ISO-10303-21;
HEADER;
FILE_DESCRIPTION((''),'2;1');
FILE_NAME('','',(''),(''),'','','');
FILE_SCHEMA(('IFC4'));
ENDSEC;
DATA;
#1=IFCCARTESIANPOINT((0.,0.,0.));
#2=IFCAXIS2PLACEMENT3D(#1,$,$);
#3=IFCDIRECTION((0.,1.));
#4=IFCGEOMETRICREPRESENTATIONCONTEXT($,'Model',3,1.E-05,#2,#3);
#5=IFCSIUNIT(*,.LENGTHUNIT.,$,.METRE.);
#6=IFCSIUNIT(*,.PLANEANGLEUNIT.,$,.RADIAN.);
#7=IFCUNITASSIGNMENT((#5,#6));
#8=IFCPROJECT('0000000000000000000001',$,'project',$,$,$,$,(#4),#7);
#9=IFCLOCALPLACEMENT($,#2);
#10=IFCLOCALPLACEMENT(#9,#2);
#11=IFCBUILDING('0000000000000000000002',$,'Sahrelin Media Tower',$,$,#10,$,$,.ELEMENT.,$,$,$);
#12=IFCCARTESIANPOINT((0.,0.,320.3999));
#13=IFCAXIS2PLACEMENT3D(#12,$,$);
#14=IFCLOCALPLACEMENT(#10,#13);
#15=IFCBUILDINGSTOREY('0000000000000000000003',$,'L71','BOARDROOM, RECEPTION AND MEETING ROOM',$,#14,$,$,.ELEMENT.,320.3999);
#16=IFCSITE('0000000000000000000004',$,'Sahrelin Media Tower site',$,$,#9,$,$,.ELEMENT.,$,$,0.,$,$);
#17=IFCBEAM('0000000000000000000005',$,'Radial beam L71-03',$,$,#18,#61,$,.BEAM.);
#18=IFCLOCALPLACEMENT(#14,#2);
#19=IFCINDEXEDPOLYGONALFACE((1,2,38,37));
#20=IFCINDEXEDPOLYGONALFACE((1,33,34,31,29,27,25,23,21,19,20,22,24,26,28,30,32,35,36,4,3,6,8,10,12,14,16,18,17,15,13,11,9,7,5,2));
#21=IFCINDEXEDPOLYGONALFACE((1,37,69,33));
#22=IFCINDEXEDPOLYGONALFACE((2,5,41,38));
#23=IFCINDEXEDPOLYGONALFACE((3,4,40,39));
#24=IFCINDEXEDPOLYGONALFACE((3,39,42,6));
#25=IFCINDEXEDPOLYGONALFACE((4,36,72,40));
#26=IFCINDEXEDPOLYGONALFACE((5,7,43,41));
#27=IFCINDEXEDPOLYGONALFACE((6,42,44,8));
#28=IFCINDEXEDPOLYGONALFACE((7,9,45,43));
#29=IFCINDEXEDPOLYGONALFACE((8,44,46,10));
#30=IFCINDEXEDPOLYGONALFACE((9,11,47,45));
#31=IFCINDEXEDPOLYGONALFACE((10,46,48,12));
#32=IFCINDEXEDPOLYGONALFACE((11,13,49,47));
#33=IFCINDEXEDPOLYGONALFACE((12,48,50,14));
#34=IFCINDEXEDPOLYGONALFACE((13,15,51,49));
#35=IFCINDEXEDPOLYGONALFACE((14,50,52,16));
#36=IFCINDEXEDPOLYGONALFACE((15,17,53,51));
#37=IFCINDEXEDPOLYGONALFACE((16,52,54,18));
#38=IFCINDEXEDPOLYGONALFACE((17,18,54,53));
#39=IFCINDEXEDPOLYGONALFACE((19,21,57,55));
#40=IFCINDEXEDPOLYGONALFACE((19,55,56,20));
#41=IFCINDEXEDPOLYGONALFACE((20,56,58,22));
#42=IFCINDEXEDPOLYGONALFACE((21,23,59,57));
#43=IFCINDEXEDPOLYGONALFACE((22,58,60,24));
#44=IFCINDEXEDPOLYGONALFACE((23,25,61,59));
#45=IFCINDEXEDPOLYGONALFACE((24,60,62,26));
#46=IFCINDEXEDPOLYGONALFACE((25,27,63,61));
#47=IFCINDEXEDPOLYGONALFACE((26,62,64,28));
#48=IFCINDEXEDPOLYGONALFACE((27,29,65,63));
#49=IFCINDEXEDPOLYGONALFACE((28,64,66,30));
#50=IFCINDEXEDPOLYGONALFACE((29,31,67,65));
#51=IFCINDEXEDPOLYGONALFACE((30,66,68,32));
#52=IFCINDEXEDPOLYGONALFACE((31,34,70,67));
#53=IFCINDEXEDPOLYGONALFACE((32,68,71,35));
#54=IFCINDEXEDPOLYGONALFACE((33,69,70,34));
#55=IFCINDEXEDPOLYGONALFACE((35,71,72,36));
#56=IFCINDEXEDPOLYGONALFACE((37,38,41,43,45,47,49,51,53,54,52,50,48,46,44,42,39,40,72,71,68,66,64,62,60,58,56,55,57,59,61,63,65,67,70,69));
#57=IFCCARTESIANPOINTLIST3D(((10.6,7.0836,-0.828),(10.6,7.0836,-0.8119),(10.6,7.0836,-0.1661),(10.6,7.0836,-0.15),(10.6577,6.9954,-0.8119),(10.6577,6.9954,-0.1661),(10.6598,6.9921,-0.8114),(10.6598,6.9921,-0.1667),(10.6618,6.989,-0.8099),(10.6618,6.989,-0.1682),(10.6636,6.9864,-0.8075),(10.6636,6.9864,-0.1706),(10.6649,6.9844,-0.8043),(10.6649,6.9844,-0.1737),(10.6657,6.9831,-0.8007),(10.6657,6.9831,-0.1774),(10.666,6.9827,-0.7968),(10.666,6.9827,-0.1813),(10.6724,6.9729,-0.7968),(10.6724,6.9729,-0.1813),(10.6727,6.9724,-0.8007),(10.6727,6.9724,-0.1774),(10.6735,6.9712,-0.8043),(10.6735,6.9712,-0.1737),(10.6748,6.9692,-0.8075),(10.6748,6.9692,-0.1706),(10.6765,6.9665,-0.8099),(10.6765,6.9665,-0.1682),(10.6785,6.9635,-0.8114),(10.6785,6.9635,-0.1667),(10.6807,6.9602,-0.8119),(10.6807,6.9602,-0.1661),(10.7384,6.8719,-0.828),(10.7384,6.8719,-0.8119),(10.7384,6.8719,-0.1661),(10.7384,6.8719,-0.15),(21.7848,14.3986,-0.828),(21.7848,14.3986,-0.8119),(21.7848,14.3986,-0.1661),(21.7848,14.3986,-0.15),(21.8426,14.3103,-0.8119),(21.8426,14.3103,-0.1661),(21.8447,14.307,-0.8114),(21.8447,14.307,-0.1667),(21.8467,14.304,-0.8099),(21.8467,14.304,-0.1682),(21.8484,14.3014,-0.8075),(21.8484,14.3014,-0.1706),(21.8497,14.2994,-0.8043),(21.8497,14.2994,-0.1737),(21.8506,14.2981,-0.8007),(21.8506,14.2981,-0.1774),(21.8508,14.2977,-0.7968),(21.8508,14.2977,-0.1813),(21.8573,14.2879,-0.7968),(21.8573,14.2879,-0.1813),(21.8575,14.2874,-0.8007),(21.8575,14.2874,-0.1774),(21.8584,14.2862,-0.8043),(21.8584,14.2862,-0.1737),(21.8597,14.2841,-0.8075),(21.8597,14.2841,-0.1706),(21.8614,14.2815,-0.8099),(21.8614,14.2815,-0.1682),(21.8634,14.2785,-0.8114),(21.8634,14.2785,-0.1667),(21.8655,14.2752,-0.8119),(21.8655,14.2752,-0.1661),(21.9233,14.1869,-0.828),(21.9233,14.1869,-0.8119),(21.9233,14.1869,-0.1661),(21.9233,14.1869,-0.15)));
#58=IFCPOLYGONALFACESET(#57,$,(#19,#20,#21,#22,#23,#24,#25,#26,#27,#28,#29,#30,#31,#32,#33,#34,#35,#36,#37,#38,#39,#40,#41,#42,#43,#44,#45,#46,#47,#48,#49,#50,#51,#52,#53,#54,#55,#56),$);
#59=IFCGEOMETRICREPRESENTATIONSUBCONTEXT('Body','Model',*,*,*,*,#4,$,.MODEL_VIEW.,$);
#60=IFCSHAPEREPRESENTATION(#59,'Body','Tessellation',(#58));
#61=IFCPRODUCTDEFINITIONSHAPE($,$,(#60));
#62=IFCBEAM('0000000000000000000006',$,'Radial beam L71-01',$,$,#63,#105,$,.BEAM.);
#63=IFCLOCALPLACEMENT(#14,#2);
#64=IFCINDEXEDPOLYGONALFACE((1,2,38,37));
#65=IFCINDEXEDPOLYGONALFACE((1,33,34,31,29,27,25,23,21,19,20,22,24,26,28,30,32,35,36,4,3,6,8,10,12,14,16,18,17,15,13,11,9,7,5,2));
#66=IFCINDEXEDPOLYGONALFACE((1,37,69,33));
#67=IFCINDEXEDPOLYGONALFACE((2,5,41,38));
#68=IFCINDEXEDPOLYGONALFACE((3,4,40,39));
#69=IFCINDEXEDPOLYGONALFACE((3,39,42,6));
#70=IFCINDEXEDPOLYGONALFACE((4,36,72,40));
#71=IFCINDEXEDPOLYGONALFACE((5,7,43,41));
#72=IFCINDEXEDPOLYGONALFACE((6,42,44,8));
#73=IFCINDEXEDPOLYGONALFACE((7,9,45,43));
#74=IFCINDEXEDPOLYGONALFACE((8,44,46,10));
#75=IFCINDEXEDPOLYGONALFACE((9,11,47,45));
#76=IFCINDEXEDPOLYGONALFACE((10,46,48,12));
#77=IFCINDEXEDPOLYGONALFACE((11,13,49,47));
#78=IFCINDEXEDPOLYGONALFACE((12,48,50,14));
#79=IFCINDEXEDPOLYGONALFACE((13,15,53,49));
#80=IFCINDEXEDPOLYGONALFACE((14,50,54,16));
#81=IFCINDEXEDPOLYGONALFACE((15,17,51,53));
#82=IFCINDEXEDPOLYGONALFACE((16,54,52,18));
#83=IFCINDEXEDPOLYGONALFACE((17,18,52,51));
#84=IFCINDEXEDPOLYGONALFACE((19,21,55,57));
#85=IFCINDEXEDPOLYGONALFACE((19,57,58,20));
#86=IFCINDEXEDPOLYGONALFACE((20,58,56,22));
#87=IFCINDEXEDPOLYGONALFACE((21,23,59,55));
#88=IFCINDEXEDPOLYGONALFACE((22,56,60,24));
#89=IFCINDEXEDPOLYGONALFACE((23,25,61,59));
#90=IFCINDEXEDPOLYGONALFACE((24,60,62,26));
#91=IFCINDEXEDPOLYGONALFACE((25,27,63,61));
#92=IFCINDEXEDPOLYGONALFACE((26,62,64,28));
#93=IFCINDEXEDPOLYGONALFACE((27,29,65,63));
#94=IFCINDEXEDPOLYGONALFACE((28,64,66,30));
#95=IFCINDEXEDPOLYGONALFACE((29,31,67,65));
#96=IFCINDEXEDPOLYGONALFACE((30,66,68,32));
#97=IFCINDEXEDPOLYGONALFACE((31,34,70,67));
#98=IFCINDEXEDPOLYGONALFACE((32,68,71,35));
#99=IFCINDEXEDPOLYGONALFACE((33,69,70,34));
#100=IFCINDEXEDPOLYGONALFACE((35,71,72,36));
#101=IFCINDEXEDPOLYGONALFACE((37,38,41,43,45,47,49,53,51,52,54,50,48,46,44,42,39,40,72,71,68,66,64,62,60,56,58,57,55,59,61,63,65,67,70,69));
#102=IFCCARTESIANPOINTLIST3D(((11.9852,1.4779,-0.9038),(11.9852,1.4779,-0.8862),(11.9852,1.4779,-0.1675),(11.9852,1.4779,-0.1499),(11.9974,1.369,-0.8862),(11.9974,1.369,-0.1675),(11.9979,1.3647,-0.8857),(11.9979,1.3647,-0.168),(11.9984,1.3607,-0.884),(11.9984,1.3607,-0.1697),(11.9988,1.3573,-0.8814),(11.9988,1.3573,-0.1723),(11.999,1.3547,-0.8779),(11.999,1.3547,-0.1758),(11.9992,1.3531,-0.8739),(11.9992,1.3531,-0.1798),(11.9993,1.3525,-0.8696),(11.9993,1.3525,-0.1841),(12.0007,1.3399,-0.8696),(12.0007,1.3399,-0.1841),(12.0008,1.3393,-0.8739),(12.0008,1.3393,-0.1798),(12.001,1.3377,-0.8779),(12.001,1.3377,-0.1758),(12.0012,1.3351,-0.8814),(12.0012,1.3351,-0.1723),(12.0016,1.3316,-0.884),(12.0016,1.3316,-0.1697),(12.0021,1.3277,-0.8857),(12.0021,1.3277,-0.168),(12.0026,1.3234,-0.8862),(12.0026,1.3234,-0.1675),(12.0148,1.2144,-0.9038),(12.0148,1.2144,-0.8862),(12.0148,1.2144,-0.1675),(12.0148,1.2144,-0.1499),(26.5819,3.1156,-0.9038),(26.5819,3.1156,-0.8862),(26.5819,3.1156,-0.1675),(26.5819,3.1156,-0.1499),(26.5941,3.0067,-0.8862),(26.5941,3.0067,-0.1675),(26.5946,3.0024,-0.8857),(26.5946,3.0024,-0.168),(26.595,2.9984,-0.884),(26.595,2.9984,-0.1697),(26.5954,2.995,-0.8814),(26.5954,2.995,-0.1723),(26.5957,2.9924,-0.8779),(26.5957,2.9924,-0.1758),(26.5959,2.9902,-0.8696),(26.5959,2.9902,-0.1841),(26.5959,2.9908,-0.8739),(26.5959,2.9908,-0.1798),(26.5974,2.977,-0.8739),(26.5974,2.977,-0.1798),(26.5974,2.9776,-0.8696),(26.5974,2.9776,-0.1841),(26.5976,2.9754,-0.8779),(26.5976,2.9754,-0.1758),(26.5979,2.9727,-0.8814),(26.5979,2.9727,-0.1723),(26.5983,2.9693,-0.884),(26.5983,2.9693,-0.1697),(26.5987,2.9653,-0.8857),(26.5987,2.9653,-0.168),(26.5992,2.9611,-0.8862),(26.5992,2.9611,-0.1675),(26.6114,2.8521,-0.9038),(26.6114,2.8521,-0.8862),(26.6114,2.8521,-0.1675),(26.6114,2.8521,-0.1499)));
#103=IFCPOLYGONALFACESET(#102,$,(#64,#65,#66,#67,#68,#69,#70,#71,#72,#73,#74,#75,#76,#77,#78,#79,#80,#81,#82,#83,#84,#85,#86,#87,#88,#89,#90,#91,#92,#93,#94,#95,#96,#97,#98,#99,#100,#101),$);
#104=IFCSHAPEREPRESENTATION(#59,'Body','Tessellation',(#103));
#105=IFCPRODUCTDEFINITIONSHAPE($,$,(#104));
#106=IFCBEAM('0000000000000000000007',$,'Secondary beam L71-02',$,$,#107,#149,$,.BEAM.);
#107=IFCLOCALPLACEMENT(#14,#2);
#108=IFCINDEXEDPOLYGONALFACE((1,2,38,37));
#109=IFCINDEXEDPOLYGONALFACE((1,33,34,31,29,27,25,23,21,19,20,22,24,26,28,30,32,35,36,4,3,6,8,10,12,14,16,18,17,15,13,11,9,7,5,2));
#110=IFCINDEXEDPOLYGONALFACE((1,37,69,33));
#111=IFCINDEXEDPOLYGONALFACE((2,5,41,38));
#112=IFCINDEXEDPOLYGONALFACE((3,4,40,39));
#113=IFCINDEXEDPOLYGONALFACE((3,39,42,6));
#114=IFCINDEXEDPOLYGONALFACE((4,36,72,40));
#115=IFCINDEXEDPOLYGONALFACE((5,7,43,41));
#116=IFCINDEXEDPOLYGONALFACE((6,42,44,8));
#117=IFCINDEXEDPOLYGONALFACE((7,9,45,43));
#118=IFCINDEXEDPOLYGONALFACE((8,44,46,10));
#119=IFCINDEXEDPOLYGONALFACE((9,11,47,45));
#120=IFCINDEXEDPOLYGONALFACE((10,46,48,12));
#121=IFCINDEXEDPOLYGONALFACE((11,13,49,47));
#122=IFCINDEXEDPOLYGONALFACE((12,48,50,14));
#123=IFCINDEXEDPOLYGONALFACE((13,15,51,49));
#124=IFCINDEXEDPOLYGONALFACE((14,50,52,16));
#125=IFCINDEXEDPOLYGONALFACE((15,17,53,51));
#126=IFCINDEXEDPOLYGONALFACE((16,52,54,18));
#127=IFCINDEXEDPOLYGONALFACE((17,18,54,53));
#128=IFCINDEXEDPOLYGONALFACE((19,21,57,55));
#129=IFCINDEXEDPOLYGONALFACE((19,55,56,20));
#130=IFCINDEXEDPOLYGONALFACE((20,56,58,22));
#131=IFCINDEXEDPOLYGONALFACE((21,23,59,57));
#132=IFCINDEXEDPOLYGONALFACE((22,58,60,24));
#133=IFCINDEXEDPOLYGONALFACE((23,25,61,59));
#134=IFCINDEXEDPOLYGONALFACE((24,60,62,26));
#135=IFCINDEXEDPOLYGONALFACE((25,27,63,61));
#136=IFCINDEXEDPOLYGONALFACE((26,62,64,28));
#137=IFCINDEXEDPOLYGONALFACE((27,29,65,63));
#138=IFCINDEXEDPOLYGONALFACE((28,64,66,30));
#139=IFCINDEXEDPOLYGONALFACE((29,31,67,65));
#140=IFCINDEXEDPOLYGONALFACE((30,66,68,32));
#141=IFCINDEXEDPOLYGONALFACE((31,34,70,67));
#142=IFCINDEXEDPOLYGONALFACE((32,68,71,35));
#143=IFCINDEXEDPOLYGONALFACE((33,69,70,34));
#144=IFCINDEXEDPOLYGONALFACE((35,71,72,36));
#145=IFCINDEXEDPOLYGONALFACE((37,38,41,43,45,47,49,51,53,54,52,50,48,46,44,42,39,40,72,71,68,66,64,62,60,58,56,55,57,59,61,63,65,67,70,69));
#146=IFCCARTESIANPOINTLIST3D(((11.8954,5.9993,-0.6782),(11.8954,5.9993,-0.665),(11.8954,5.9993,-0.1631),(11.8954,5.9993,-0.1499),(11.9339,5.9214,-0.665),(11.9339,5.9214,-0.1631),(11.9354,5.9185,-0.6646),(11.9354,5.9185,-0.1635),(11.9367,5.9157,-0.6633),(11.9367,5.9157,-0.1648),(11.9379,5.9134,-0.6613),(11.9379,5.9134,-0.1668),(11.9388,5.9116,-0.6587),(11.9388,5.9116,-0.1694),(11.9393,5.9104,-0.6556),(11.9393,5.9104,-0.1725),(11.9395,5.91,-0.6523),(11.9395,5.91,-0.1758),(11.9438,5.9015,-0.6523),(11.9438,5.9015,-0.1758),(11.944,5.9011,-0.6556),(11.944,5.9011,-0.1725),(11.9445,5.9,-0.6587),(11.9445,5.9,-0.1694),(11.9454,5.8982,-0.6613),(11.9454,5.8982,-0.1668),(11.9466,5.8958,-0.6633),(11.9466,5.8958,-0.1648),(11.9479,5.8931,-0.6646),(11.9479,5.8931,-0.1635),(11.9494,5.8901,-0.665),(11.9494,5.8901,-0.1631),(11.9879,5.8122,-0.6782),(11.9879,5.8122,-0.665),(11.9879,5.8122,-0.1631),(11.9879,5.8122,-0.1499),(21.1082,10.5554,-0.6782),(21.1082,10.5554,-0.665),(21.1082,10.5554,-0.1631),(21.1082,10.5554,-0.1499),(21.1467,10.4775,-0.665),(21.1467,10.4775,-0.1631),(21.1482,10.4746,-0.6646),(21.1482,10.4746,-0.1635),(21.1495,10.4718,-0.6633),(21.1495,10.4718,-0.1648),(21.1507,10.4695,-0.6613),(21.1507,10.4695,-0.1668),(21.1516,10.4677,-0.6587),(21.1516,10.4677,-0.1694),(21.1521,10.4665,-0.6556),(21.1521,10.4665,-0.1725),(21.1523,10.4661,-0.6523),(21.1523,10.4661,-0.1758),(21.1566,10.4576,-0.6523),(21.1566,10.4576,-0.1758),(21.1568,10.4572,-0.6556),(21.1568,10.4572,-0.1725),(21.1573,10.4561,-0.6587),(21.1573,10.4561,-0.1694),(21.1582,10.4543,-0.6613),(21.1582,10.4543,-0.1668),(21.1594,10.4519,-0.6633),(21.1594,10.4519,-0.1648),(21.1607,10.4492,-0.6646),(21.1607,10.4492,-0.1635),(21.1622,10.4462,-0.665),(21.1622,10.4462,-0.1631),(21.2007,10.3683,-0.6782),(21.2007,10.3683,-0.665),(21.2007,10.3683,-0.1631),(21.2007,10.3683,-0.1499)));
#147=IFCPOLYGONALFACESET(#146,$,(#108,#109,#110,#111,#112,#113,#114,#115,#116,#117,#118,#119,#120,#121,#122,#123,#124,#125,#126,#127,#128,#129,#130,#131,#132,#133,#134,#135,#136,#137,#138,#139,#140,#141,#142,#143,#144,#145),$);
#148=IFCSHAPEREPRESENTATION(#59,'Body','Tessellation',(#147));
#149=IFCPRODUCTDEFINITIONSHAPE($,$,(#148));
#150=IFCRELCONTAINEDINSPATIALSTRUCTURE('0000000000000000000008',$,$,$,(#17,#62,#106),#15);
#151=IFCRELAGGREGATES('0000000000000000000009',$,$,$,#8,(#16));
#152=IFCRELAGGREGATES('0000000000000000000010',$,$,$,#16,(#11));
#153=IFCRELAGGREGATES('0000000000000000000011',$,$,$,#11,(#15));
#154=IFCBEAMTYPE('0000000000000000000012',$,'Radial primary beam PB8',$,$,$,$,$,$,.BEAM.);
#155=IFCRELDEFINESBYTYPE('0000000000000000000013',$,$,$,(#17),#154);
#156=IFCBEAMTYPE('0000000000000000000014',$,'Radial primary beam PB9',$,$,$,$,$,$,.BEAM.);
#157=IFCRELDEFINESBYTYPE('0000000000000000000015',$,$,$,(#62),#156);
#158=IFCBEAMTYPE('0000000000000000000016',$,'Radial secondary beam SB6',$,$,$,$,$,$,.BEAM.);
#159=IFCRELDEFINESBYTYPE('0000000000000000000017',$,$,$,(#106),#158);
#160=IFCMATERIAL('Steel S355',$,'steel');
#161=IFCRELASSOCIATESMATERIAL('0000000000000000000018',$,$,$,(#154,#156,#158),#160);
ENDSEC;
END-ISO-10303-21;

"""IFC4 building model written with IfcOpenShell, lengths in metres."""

from ifc_helpers import new_model, si_unit, direction, frame, origin, origin_2d, place, context, subcontext, project, spatial, i_section, extrude, material, material_profile, profile_set, type_object, element, save


model = new_model("IFC4")

# Units and contexts
model_context = context("Model", 3, precision=1e-05, world=origin(), true_north=direction((0.0, 1.0)))
body_context = subcontext(model_context, "Body", "Model", "MODEL_VIEW")
ifc_project = project(units=[si_unit("LENGTHUNIT", "METRE"), si_unit("PLANEANGLEUNIT", "RADIAN")], contexts=[model_context])

# Site, building, storey
site_placement = place(None, origin())
site = spatial("IfcSite", under=ifc_project, at=site_placement, Name="Sahrelin Media Tower site", CompositionType="ELEMENT", RefElevation=0.0)
building_placement = place(site_placement, origin())
building = spatial("IfcBuilding", under=site, at=building_placement, Name="Sahrelin Media Tower", CompositionType="ELEMENT")
storey_placement = place(building_placement, frame((0.0, 0.0, 320.3999)))
storey = spatial("IfcBuildingStorey", under=building, at=storey_placement, Name="L71", Description="BOARDROOM, RECEPTION AND MEETING ROOM", CompositionType="ELEMENT", Elevation=320.3999)

# Beams
ifc_material_1 = material(Name="Steel S355", Category="steel")
ifc_material_profile_1 = material_profile(ifc_material_1, i_section(OverallWidth=0.2529, OverallDepth=0.678, WebThickness=0.0117, FlangeThickness=0.0161, FilletRadius=0.0151, at=origin_2d()), Name="UB 686x254x125")
ifc_profile_set_1 = profile_set([ifc_material_profile_1], Name="Steel S355")
beam_type_1 = type_object("IfcBeamType", Name="Radial primary beam PB8", PredefinedType="BEAM", material=ifc_profile_set_1)
beam_1_placement = place(storey_placement, frame((10.6692, 6.9778, -0.489), z_axis=(0.836908, 0.547343, 0.0), x_axis=(-0.547343, 0.836908, 0.0)))
element("IfcBeam", 1, at=beam_1_placement, inside=storey, type_object=beam_type_1, Name="Radial beam L71-03", PredefinedType="BEAM", context=body_context, shape_type="SweptSolid", body=[
    extrude(i_section(OverallWidth=0.2529, OverallDepth=0.678, WebThickness=0.0117, FlangeThickness=0.0161, FilletRadius=0.0151, at=origin_2d()), origin(), (0.0, 0.0, 1.0), 13.3645),
])
ifc_material_profile_2 = material_profile(ifc_material_1, i_section(OverallWidth=0.2651, OverallDepth=0.7539, WebThickness=0.0127, FlangeThickness=0.0176, FilletRadius=0.0166, at=origin_2d()), Name="UB 762x267x147")
ifc_profile_set_2 = profile_set([ifc_material_profile_2], Name="Steel S355")
beam_type_2 = type_object("IfcBeamType", Name="Radial primary beam PB9", PredefinedType="BEAM", material=ifc_profile_set_2)
beam_2_placement = place(storey_placement, frame((12.0, 1.3462, -0.5269), z_axis=(0.993765, 0.111497, 0.0), x_axis=(-0.111497, 0.993765, 0.0)))
element("IfcBeam", 2, at=beam_2_placement, inside=storey, type_object=beam_type_2, Name="Radial beam L71-01", PredefinedType="BEAM", context=body_context, shape_type="SweptSolid", body=[
    extrude(i_section(OverallWidth=0.2651, OverallDepth=0.7539, WebThickness=0.0127, FlangeThickness=0.0176, FilletRadius=0.0166, at=origin_2d()), origin(), (0.0, 0.0, 1.0), 14.6882),
])
ifc_material_profile_3 = material_profile(ifc_material_1, i_section(OverallWidth=0.2087, OverallDepth=0.5283, WebThickness=0.0095, FlangeThickness=0.0132, FilletRadius=0.0127, at=origin_2d()), Name="UB 533x210x82")
ifc_profile_set_3 = profile_set([ifc_material_profile_3], Name="Steel S355")
beam_type_3 = type_object("IfcBeamType", Name="Radial secondary beam SB6", PredefinedType="BEAM", material=ifc_profile_set_3)
beam_3_placement = place(storey_placement, frame((11.9417, 5.9058, -0.4141), z_axis=(0.896376, 0.443295, 0.0), x_axis=(-0.443295, 0.896376, 0.0)))
element("IfcBeam", 3, at=beam_3_placement, inside=storey, type_object=beam_type_3, Name="Secondary beam L71-02", PredefinedType="BEAM", context=body_context, shape_type="SweptSolid", body=[
    extrude(i_section(OverallWidth=0.2087, OverallDepth=0.5283, WebThickness=0.0095, FlangeThickness=0.0132, FilletRadius=0.0127, at=origin_2d()), origin(), (0.0, 0.0, 1.0), 10.2778),
])

save(model, "model.ifc")
